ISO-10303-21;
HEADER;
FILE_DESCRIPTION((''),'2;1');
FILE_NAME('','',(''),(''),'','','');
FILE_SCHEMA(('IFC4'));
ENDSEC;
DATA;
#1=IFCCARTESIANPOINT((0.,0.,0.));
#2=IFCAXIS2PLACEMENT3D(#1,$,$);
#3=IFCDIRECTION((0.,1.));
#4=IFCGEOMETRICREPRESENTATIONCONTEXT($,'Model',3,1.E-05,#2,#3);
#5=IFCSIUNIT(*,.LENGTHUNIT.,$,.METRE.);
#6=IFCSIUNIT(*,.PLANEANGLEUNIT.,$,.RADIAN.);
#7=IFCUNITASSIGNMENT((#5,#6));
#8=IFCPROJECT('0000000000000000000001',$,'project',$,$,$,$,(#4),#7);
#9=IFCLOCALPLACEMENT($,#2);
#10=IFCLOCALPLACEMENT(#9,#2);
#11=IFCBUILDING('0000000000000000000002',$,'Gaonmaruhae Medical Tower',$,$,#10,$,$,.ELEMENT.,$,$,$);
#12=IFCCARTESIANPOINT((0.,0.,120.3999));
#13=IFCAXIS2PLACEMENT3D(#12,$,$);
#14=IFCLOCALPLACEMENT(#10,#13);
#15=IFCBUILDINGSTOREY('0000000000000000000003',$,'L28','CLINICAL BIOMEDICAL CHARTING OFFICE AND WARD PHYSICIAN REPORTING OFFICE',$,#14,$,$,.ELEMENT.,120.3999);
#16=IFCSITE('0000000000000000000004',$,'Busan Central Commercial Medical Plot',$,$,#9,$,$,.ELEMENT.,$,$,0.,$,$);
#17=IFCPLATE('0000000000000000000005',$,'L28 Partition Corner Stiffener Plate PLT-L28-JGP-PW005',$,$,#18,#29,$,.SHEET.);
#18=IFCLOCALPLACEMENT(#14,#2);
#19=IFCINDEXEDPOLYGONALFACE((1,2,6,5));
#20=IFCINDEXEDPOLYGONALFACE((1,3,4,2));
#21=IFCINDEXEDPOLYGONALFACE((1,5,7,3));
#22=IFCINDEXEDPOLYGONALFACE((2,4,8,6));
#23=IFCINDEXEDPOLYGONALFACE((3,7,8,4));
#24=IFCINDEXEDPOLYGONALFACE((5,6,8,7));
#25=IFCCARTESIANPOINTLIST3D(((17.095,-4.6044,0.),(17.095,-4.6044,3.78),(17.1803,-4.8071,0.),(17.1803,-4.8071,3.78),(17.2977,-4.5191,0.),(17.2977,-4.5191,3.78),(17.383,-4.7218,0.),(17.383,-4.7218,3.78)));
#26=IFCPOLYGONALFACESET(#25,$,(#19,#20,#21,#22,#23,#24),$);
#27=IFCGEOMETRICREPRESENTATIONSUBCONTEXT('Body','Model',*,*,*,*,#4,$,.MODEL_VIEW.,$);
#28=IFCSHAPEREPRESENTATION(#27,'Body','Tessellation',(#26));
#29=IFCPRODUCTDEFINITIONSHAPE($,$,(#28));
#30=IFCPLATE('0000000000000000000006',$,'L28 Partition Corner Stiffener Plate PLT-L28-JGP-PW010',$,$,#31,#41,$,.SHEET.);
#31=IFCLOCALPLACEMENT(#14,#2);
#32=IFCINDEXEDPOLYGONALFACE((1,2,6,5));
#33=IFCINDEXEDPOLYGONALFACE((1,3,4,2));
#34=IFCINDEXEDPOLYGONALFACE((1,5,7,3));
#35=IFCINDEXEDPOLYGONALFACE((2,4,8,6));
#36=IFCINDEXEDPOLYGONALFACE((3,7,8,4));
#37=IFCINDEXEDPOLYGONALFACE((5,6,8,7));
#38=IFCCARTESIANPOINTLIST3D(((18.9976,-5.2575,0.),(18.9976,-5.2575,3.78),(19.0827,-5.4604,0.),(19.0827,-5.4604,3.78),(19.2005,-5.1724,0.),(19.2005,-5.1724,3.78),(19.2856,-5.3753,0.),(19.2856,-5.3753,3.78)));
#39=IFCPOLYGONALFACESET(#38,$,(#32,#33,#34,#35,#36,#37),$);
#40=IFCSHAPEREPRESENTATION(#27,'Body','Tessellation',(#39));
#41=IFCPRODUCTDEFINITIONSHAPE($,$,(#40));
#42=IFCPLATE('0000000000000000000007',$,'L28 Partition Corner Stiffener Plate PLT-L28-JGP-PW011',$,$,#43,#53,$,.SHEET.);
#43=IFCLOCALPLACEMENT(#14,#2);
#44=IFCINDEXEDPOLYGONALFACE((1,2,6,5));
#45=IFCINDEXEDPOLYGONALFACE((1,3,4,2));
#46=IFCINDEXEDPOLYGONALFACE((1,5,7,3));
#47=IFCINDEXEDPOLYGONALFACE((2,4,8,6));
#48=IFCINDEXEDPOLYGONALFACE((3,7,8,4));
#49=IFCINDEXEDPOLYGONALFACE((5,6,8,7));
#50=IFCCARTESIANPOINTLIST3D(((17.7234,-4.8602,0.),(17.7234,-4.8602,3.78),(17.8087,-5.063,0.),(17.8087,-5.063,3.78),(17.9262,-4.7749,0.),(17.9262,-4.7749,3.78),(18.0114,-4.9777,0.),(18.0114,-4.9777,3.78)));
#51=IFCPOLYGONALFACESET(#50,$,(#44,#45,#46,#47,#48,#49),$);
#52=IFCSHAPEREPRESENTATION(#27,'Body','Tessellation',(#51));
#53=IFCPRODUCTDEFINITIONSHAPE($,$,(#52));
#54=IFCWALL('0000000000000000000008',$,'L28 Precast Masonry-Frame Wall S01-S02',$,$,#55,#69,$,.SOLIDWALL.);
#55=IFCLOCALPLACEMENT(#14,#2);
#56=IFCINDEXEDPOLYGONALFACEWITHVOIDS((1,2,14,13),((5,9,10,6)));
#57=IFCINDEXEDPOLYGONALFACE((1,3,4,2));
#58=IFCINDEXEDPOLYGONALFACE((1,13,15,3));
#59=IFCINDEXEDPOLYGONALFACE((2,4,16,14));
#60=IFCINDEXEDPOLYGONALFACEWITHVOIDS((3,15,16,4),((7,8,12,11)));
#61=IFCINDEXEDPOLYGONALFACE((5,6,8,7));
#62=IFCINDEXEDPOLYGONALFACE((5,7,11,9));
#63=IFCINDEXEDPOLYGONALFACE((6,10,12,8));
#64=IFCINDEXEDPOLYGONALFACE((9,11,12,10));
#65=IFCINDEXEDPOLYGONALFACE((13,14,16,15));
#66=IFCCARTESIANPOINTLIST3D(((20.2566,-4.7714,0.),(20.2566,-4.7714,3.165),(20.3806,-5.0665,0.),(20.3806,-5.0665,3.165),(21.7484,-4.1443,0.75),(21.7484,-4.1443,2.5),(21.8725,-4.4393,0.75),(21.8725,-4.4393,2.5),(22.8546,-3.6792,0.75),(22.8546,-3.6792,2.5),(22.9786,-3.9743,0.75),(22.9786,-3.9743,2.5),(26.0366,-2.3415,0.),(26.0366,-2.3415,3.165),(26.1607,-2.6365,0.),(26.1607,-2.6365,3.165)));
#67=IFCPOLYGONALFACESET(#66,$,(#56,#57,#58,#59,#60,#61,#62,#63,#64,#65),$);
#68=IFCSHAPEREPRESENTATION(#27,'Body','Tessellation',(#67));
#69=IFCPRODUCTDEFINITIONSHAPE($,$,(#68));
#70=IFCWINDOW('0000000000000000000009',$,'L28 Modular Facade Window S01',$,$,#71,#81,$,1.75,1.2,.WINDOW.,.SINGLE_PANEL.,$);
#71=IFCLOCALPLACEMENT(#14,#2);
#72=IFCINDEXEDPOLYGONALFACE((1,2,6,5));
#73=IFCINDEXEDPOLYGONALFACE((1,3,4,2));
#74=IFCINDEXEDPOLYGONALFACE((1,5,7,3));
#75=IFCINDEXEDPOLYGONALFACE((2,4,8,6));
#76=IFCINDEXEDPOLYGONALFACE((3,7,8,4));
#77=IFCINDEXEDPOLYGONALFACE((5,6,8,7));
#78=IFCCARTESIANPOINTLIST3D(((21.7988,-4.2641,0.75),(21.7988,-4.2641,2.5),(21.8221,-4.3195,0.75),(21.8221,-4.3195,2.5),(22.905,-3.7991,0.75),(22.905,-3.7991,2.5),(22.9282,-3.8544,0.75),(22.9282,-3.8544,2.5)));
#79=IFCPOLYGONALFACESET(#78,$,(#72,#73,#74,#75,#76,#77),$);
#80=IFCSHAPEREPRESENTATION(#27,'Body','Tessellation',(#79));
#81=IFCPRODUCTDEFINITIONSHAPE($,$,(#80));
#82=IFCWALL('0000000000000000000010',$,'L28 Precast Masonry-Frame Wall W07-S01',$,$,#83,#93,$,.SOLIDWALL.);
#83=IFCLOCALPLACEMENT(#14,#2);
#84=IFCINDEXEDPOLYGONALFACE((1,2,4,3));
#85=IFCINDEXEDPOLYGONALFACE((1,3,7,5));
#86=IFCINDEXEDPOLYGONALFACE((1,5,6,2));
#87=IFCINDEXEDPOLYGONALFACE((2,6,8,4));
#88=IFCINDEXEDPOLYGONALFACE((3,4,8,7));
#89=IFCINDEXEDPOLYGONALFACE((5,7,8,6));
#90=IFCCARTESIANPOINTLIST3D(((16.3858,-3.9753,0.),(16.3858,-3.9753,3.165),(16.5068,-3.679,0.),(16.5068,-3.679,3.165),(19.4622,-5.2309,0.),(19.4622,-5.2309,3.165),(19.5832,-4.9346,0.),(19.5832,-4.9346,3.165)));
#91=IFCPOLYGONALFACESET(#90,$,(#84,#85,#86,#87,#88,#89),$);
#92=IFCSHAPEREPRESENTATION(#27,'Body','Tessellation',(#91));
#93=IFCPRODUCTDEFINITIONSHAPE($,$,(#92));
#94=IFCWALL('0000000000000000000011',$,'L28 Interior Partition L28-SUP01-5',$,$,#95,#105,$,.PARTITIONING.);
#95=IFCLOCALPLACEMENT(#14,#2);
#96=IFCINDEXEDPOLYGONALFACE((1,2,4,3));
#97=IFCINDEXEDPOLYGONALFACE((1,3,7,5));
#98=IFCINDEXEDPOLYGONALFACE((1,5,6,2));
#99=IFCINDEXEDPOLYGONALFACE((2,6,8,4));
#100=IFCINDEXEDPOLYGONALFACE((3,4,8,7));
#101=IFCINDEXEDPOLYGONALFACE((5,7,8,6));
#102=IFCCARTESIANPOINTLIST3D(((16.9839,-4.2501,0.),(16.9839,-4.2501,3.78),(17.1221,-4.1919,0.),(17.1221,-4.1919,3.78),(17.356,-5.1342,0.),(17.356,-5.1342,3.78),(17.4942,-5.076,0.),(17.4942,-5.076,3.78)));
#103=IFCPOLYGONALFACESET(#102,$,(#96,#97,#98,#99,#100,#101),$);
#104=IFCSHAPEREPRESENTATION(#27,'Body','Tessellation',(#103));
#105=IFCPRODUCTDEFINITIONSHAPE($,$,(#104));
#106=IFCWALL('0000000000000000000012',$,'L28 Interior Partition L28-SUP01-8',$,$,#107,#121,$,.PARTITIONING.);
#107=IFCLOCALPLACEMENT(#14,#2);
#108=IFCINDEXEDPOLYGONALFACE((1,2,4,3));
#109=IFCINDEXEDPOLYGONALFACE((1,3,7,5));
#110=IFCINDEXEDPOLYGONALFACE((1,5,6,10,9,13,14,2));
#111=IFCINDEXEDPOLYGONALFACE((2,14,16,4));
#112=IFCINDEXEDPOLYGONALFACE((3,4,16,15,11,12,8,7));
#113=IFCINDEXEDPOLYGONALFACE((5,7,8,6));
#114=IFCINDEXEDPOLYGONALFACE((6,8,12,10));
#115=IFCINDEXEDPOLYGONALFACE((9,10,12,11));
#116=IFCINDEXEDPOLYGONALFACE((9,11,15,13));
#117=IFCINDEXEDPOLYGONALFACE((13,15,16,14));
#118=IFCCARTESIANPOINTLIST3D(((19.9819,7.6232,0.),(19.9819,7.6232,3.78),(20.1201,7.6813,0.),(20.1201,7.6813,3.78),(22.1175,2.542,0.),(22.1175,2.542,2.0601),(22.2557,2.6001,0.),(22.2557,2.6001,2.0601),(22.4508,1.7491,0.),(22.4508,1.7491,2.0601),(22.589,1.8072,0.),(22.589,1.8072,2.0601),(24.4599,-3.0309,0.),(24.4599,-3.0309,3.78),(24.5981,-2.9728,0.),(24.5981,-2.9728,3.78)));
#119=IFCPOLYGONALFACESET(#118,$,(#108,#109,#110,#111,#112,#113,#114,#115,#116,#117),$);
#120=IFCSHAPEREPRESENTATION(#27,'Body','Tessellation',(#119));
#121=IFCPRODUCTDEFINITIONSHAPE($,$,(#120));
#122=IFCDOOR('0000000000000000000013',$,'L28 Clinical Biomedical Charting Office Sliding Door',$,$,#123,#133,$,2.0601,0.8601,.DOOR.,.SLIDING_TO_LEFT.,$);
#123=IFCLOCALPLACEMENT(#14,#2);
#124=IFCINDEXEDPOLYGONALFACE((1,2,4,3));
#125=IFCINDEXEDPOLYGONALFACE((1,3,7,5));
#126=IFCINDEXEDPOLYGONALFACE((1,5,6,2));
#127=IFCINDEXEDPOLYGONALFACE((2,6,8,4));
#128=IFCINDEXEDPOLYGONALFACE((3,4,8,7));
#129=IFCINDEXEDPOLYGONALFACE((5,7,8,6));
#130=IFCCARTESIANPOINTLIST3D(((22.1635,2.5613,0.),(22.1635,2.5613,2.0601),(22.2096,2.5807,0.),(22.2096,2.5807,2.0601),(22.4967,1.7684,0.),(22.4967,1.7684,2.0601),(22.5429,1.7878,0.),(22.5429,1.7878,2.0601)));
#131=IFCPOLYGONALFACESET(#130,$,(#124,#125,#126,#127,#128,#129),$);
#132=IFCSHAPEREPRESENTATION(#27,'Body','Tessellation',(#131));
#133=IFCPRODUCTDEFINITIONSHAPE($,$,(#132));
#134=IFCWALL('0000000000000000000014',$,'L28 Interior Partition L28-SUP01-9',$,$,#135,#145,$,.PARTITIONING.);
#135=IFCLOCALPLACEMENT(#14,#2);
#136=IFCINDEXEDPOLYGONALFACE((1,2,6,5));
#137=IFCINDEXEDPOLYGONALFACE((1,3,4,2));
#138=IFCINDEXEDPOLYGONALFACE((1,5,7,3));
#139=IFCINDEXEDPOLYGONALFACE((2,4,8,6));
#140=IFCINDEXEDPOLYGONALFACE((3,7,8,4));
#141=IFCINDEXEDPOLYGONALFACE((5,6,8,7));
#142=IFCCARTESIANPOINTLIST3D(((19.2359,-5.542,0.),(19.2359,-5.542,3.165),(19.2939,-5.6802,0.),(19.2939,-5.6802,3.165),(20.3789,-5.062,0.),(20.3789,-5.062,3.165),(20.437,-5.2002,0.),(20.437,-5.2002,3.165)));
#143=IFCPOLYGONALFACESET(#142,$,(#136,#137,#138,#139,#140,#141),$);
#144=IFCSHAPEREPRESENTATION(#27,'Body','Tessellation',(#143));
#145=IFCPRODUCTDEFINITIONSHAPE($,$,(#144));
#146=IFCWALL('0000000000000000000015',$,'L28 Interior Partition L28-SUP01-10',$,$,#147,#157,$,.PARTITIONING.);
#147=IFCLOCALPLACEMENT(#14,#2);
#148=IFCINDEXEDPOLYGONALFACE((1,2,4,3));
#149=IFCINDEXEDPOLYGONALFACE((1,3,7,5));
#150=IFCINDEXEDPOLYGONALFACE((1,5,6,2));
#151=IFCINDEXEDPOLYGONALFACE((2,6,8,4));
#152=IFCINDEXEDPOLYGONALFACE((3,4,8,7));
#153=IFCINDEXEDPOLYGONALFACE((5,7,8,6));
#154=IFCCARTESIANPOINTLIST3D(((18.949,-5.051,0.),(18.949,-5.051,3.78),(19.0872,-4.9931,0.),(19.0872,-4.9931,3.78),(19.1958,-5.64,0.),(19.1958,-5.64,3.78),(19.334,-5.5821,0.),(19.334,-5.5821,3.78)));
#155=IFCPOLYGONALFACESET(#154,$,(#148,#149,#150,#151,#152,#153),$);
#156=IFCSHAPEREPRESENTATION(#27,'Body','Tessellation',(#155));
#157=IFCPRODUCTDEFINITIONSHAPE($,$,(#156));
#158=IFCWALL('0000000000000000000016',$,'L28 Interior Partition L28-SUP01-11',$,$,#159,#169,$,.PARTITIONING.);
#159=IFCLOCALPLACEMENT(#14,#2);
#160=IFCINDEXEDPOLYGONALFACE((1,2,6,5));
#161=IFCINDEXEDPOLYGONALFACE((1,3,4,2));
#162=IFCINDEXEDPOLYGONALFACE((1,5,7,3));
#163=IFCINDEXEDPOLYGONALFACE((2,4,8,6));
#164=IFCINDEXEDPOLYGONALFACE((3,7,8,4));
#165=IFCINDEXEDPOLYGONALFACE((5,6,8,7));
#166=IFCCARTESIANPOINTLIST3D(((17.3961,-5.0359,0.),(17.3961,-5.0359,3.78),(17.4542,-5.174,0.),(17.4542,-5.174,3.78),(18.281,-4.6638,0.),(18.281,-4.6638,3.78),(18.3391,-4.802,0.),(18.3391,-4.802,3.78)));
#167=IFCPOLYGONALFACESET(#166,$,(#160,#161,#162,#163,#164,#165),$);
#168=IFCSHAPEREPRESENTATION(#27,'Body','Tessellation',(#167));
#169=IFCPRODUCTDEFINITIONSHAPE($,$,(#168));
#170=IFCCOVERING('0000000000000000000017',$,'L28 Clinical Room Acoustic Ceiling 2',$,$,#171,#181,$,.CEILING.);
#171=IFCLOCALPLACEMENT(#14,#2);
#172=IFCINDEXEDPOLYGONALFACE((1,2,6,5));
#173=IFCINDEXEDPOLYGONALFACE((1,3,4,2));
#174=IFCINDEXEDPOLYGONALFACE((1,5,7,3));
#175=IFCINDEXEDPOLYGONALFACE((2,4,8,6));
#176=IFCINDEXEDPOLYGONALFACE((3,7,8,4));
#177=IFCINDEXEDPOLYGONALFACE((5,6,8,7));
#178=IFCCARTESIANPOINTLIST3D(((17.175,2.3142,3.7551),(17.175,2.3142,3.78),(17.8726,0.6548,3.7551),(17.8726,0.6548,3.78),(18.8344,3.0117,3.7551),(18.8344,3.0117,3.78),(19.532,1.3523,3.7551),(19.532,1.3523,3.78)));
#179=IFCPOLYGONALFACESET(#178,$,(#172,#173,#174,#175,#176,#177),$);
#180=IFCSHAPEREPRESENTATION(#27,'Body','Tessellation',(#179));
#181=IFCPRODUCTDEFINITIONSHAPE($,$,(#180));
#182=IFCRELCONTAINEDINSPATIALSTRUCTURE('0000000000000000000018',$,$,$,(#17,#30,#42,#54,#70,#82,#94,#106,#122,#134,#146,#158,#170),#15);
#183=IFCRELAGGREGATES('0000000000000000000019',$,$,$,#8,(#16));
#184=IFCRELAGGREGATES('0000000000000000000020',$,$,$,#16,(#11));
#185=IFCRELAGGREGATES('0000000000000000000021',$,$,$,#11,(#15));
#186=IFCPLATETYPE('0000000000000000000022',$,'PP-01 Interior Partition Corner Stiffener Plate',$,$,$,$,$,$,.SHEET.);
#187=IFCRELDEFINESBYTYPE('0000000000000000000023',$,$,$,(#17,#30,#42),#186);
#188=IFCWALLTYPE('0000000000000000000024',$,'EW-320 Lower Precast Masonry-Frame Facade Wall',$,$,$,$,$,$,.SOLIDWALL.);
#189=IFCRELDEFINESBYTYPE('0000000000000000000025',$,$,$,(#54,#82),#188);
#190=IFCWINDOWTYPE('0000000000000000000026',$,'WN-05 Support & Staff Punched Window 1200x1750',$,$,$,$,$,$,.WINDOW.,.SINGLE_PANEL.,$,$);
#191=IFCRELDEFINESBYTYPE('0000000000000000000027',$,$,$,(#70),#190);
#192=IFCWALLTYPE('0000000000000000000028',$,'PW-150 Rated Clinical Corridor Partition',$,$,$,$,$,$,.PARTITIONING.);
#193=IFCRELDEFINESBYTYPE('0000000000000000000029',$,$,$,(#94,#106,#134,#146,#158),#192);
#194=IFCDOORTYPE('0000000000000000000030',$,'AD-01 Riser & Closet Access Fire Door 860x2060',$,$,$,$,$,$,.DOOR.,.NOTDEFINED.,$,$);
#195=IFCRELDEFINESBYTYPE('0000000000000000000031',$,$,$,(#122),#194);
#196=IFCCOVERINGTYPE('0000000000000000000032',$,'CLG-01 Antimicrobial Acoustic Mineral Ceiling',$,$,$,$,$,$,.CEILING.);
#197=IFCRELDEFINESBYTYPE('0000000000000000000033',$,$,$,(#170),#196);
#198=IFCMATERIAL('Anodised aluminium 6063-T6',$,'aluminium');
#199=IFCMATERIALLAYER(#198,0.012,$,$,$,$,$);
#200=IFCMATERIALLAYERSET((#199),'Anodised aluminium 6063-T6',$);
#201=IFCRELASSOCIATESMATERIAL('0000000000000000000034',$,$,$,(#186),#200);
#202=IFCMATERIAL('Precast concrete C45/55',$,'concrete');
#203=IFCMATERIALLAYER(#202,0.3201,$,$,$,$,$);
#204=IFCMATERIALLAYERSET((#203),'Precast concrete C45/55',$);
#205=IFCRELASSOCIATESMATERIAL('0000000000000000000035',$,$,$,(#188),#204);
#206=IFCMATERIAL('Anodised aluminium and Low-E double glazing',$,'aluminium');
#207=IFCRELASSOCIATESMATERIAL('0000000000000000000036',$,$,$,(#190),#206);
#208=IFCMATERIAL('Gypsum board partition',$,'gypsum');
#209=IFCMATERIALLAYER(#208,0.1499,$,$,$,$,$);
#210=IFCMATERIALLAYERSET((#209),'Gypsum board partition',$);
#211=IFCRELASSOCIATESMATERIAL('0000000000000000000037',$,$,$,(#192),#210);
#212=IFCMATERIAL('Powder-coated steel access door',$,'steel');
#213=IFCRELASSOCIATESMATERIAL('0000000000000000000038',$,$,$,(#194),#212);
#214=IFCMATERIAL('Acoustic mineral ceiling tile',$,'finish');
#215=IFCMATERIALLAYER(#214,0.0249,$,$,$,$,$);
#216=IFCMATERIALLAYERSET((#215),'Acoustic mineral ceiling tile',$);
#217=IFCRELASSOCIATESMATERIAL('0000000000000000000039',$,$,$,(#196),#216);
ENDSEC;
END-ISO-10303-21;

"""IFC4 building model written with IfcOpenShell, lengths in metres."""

from ifc_helpers import new_model, si_unit, direction, frame, frame_2d, origin, origin_2d, place, context, subcontext, project, spatial, rectangle, extrude, material, layer, layer_set, type_object, element, fill, save


model = new_model("IFC4")

# Units and contexts
model_context = context("Model", 3, precision=1e-05, world=origin(), true_north=direction((0.0, 1.0)))
body_context = subcontext(model_context, "Body", "Model", "MODEL_VIEW")
ifc_project = project(units=[si_unit("LENGTHUNIT", "METRE"), si_unit("PLANEANGLEUNIT", "RADIAN")], contexts=[model_context])

# Site, building, storey
site_placement = place(None, origin())
site = spatial("IfcSite", under=ifc_project, at=site_placement, Name="Busan Central Commercial Medical Plot", CompositionType="ELEMENT", RefElevation=0.0)
building_placement = place(site_placement, origin())
building = spatial("IfcBuilding", under=site, at=building_placement, Name="Gaonmaruhae Medical Tower", CompositionType="ELEMENT")
storey_placement = place(building_placement, frame((0.0, 0.0, 120.3999)))
storey = spatial("IfcBuildingStorey", under=building, at=storey_placement, Name="L28", Description="CLINICAL BIOMEDICAL CHARTING OFFICE AND WARD PHYSICIAN REPORTING OFFICE", CompositionType="ELEMENT", Elevation=120.3999)

# Plates
ifc_material_1 = material(Name="Anodised aluminium 6063-T6", Category="aluminium")
ifc_layer_1 = layer(ifc_material_1, 0.012)
ifc_layer_set_1 = layer_set([ifc_layer_1], Name="Anodised aluminium 6063-T6")
plate_type = type_object("IfcPlateType", Name="PP-01 Interior Partition Corner Stiffener Plate", PredefinedType="SHEET", material=ifc_layer_set_1)
for number, where, z_axis, x_axis, name in (
    (1, (17.239, -4.6631, 0.0), (0.0, 0.0, 1.0), (-0.38787, 0.921714, 0.0), "L28 Partition Corner Stiffener Plate PLT-L28-JGP-PW005"),
    (2, (19.1416, -5.3164, 0.0), (0.0, 0.0, 1.0), (-0.386727, 0.922194, 0.0), "L28 Partition Corner Stiffener Plate PLT-L28-JGP-PW010"),
    (3, (17.8674, -4.9189, 0.0), (0.0, 0.0, 1.0), (-0.92187, -0.387499, 0.0), "L28 Partition Corner Stiffener Plate PLT-L28-JGP-PW011"),
):
    element("IfcPlate", number, at=place(storey_placement, frame(where, z_axis=z_axis, x_axis=x_axis)), inside=storey, type_object=plate_type, Name=name, PredefinedType="SHEET", context=body_context, shape_type="SweptSolid", body=[
        extrude(rectangle(XDim=0.22, YDim=0.22, at=origin_2d()), origin(), (0.0, 0.0, 1.0), 3.78),
    ])

# Wall, opening, window
ifc_material_2 = material(Name="Precast concrete C45/55", Category="concrete")
ifc_layer_2 = layer(ifc_material_2, 0.3201)
ifc_layer_set_2 = layer_set([ifc_layer_2], Name="Precast concrete C45/55")
wall_type_1 = type_object("IfcWallType", Name="EW-320 Lower Precast Masonry-Frame Facade Wall", PredefinedType="SOLIDWALL", material=ifc_layer_set_2)
wall_1_placement = place(storey_placement, frame((26.0986, -2.489, 0.0), z_axis=(0.0, 0.0, 1.0), x_axis=(-0.92185, -0.387547, 0.0)))
wall_1 = element("IfcWall", 4, at=wall_1_placement, inside=storey, type_object=wall_type_1, Name="L28 Precast Masonry-Frame Wall S01-S02", PredefinedType="SOLIDWALL", context=body_context, shape_type="SweptSolid", body=[
    extrude(rectangle(XDim=6.27, YDim=0.3201, at=frame_2d((3.135, 0.0))), origin(), (0.0, 0.0, 1.0), 3.165),
])
opening_1_placement = place(wall_1_placement, frame((3.4517, 0.0, 0.75)))
opening_1 = element("IfcOpeningElement", 5, at=opening_1_placement, cuts=wall_1, PredefinedType="OPENING", context=body_context, shape_type="SweptSolid", body=[
    extrude(rectangle(XDim=1.2, YDim=1.75, at=frame_2d((0.6001, 0.875))), frame((0.0, 0.1699, 0.0), z_axis=(0.0, -1.0, 0.0), x_axis=(1.0, 0.0, 0.0)), (0.0, 0.0, 1.0), 0.3401),
])
ifc_material_3 = material(Name="Anodised aluminium and Low-E double glazing", Category="aluminium")
window_type = type_object("IfcWindowType", Name="WN-05 Support & Staff Punched Window 1200x1750", PartitioningType="SINGLE_PANEL", PredefinedType="WINDOW", material=ifc_material_3)
window_placement = place(opening_1_placement, origin())
window = element("IfcWindow", 6, at=window_placement, inside=storey, type_object=window_type, Name="L28 Modular Facade Window S01", OverallHeight=1.75, OverallWidth=1.2, PartitioningType="SINGLE_PANEL", PredefinedType="WINDOW", context=body_context, shape_type="SweptSolid", body=[
    extrude(rectangle(XDim=1.2, YDim=1.75, at=frame_2d((0.6001, 0.875))), frame((0.0, 0.03, 0.0), z_axis=(0.0, -1.0, 0.0), x_axis=(1.0, 0.0, 0.0)), (0.0, 0.0, 1.0), 0.0601),
])
fill(opening_1, window)

# Walls
wall_2_placement = place(storey_placement, frame((19.5227, -5.0828, 0.0), z_axis=(0.0, 0.0, 1.0), x_axis=(-0.925854, 0.37788, 0.0)))
element("IfcWall", 7, at=wall_2_placement, inside=storey, type_object=wall_type_1, Name="L28 Precast Masonry-Frame Wall W07-S01", PredefinedType="SOLIDWALL", context=body_context, shape_type="SweptSolid", body=[
    extrude(rectangle(XDim=3.3228, YDim=0.3201, at=frame_2d((1.6614, 0.0))), origin(), (0.0, 0.0, 1.0), 3.165),
])
ifc_material_4 = material(Name="Gypsum board partition", Category="gypsum")
ifc_layer_3 = layer(ifc_material_4, 0.1499)
ifc_layer_set_3 = layer_set([ifc_layer_3], Name="Gypsum board partition")
wall_type_2 = type_object("IfcWallType", Name="PW-150 Rated Clinical Corridor Partition", PredefinedType="PARTITIONING", material=ifc_layer_set_3)
wall_3_placement = place(storey_placement, frame((17.425, -5.105, 0.0), z_axis=(0.0, 0.0, 1.0), x_axis=(-0.38792, 0.921693, 0.0)))
element("IfcWall", 8, at=wall_3_placement, inside=storey, type_object=wall_type_2, Name="L28 Interior Partition L28-SUP01-5", PredefinedType="PARTITIONING", context=body_context, shape_type="SweptSolid", body=[
    extrude(rectangle(XDim=0.9592, YDim=0.1499, at=frame_2d((0.4795, 0.0))), origin(), (0.0, 0.0, 1.0), 3.78),
])

# Wall, opening, door
wall_4_placement = place(storey_placement, frame((20.051, 7.6521, 0.0), z_axis=(0.0, 0.0, 1.0), x_axis=(0.387477, -0.921879, 0.0)))
wall_4 = element("IfcWall", 9, at=wall_4_placement, inside=storey, type_object=wall_type_2, Name="L28 Interior Partition L28-SUP01-8", PredefinedType="PARTITIONING", context=body_context, shape_type="SweptSolid", body=[
    extrude(rectangle(XDim=11.5569, YDim=0.1499, at=frame_2d((5.7783, 0.0))), origin(), (0.0, 0.0, 1.0), 3.78),
])
opening_2_placement = place(wall_4_placement, frame((5.5115, 0.0, 0.0)))
opening_2 = element("IfcOpeningElement", 10, at=opening_2_placement, cuts=wall_4, PredefinedType="OPENING", context=body_context, shape_type="SweptSolid", body=[
    extrude(rectangle(XDim=0.8601, YDim=2.0601, at=frame_2d((0.4302, 1.03))), frame((0.0, 0.085, 0.0), z_axis=(0.0, -1.0, 0.0), x_axis=(1.0, 0.0, 0.0)), (0.0, 0.0, 1.0), 0.1699),
])
ifc_material_5 = material(Name="Powder-coated steel access door", Category="steel")
door_type = type_object("IfcDoorType", Name="AD-01 Riser & Closet Access Fire Door 860x2060", OperationType="NOTDEFINED", PredefinedType="DOOR", material=ifc_material_5)
door_placement = place(opening_2_placement, origin())
door = element("IfcDoor", 11, at=door_placement, inside=storey, type_object=door_type, Name="L28 Clinical Biomedical Charting Office Sliding Door", OperationType="SLIDING_TO_LEFT", OverallHeight=2.0601, OverallWidth=0.8601, PredefinedType="DOOR", context=body_context, shape_type="SweptSolid", body=[
    extrude(rectangle(XDim=0.8601, YDim=2.0601, at=frame_2d((0.4302, 1.03))), frame((0.0, 0.0249, 0.0), z_axis=(0.0, -1.0, 0.0), x_axis=(1.0, 0.0, 0.0)), (0.0, 0.0, 1.0), 0.05),
])
fill(opening_2, door)

# Walls
wall_5_placement = place(storey_placement, frame((20.408, -5.1311, 0.0), z_axis=(0.0, 0.0, 1.0), x_axis=(-0.922013, -0.387159, 0.0)))
element("IfcWall", 12, at=wall_5_placement, inside=storey, type_object=wall_type_2, Name="L28 Interior Partition L28-SUP01-9", PredefinedType="PARTITIONING", context=body_context, shape_type="SweptSolid", body=[
    extrude(rectangle(XDim=1.2397, YDim=0.1499, at=frame_2d((0.6199, 0.0))), origin(), (0.0, 0.0, 1.0), 3.165),
])
wall_6_placement = place(storey_placement, frame((19.2649, -5.6111, 0.0), z_axis=(0.0, 0.0, 1.0), x_axis=(-0.386433, 0.922317, 0.0)))
element("IfcWall", 13, at=wall_6_placement, inside=storey, type_object=wall_type_2, Name="L28 Interior Partition L28-SUP01-10", PredefinedType="PARTITIONING", context=body_context, shape_type="SweptSolid", body=[
    extrude(rectangle(XDim=0.6387, YDim=0.1499, at=frame_2d((0.3193, 0.0))), origin(), (0.0, 0.0, 1.0), 3.78),
])
wall_7_placement = place(storey_placement, frame((18.3101, -4.7329, 0.0), z_axis=(0.0, 0.0, 1.0), x_axis=(-0.921846, -0.387557, 0.0)))
element("IfcWall", 14, at=wall_7_placement, inside=storey, type_object=wall_type_2, Name="L28 Interior Partition L28-SUP01-11", PredefinedType="PARTITIONING", context=body_context, shape_type="SweptSolid", body=[
    extrude(rectangle(XDim=0.96, YDim=0.1499, at=frame_2d((0.48, 0.0))), origin(), (0.0, 0.0, 1.0), 3.78),
])

# Covering
ifc_material_6 = material(Name="Acoustic mineral ceiling tile", Category="finish")
ifc_layer_4 = layer(ifc_material_6, 0.0249)
ifc_layer_set_4 = layer_set([ifc_layer_4], Name="Acoustic mineral ceiling tile")
covering_type_1 = type_object("IfcCoveringType", Name="CLG-01 Antimicrobial Acoustic Mineral Ceiling", PredefinedType="CEILING", material=ifc_layer_set_4)
for number, where, z_axis, x_axis, name in (
    (15, (18.3535, 1.8333, 3.7551), (0.0, 0.0, 1.0), (0.921863, 0.387516, 0.0), "L28 Clinical Room Acoustic Ceiling 2"),
):
    element("IfcCovering", number, at=place(storey_placement, frame(where, z_axis=z_axis, x_axis=x_axis)), inside=storey, type_object=covering_type_1, Name=name, PredefinedType="CEILING", context=body_context, shape_type="SweptSolid", body=[
        extrude(rectangle(XDim=1.8, YDim=1.8, at=origin_2d()), origin(), (0.0, 0.0, 1.0), 0.0249),
    ])

save(model, "model.ifc")
